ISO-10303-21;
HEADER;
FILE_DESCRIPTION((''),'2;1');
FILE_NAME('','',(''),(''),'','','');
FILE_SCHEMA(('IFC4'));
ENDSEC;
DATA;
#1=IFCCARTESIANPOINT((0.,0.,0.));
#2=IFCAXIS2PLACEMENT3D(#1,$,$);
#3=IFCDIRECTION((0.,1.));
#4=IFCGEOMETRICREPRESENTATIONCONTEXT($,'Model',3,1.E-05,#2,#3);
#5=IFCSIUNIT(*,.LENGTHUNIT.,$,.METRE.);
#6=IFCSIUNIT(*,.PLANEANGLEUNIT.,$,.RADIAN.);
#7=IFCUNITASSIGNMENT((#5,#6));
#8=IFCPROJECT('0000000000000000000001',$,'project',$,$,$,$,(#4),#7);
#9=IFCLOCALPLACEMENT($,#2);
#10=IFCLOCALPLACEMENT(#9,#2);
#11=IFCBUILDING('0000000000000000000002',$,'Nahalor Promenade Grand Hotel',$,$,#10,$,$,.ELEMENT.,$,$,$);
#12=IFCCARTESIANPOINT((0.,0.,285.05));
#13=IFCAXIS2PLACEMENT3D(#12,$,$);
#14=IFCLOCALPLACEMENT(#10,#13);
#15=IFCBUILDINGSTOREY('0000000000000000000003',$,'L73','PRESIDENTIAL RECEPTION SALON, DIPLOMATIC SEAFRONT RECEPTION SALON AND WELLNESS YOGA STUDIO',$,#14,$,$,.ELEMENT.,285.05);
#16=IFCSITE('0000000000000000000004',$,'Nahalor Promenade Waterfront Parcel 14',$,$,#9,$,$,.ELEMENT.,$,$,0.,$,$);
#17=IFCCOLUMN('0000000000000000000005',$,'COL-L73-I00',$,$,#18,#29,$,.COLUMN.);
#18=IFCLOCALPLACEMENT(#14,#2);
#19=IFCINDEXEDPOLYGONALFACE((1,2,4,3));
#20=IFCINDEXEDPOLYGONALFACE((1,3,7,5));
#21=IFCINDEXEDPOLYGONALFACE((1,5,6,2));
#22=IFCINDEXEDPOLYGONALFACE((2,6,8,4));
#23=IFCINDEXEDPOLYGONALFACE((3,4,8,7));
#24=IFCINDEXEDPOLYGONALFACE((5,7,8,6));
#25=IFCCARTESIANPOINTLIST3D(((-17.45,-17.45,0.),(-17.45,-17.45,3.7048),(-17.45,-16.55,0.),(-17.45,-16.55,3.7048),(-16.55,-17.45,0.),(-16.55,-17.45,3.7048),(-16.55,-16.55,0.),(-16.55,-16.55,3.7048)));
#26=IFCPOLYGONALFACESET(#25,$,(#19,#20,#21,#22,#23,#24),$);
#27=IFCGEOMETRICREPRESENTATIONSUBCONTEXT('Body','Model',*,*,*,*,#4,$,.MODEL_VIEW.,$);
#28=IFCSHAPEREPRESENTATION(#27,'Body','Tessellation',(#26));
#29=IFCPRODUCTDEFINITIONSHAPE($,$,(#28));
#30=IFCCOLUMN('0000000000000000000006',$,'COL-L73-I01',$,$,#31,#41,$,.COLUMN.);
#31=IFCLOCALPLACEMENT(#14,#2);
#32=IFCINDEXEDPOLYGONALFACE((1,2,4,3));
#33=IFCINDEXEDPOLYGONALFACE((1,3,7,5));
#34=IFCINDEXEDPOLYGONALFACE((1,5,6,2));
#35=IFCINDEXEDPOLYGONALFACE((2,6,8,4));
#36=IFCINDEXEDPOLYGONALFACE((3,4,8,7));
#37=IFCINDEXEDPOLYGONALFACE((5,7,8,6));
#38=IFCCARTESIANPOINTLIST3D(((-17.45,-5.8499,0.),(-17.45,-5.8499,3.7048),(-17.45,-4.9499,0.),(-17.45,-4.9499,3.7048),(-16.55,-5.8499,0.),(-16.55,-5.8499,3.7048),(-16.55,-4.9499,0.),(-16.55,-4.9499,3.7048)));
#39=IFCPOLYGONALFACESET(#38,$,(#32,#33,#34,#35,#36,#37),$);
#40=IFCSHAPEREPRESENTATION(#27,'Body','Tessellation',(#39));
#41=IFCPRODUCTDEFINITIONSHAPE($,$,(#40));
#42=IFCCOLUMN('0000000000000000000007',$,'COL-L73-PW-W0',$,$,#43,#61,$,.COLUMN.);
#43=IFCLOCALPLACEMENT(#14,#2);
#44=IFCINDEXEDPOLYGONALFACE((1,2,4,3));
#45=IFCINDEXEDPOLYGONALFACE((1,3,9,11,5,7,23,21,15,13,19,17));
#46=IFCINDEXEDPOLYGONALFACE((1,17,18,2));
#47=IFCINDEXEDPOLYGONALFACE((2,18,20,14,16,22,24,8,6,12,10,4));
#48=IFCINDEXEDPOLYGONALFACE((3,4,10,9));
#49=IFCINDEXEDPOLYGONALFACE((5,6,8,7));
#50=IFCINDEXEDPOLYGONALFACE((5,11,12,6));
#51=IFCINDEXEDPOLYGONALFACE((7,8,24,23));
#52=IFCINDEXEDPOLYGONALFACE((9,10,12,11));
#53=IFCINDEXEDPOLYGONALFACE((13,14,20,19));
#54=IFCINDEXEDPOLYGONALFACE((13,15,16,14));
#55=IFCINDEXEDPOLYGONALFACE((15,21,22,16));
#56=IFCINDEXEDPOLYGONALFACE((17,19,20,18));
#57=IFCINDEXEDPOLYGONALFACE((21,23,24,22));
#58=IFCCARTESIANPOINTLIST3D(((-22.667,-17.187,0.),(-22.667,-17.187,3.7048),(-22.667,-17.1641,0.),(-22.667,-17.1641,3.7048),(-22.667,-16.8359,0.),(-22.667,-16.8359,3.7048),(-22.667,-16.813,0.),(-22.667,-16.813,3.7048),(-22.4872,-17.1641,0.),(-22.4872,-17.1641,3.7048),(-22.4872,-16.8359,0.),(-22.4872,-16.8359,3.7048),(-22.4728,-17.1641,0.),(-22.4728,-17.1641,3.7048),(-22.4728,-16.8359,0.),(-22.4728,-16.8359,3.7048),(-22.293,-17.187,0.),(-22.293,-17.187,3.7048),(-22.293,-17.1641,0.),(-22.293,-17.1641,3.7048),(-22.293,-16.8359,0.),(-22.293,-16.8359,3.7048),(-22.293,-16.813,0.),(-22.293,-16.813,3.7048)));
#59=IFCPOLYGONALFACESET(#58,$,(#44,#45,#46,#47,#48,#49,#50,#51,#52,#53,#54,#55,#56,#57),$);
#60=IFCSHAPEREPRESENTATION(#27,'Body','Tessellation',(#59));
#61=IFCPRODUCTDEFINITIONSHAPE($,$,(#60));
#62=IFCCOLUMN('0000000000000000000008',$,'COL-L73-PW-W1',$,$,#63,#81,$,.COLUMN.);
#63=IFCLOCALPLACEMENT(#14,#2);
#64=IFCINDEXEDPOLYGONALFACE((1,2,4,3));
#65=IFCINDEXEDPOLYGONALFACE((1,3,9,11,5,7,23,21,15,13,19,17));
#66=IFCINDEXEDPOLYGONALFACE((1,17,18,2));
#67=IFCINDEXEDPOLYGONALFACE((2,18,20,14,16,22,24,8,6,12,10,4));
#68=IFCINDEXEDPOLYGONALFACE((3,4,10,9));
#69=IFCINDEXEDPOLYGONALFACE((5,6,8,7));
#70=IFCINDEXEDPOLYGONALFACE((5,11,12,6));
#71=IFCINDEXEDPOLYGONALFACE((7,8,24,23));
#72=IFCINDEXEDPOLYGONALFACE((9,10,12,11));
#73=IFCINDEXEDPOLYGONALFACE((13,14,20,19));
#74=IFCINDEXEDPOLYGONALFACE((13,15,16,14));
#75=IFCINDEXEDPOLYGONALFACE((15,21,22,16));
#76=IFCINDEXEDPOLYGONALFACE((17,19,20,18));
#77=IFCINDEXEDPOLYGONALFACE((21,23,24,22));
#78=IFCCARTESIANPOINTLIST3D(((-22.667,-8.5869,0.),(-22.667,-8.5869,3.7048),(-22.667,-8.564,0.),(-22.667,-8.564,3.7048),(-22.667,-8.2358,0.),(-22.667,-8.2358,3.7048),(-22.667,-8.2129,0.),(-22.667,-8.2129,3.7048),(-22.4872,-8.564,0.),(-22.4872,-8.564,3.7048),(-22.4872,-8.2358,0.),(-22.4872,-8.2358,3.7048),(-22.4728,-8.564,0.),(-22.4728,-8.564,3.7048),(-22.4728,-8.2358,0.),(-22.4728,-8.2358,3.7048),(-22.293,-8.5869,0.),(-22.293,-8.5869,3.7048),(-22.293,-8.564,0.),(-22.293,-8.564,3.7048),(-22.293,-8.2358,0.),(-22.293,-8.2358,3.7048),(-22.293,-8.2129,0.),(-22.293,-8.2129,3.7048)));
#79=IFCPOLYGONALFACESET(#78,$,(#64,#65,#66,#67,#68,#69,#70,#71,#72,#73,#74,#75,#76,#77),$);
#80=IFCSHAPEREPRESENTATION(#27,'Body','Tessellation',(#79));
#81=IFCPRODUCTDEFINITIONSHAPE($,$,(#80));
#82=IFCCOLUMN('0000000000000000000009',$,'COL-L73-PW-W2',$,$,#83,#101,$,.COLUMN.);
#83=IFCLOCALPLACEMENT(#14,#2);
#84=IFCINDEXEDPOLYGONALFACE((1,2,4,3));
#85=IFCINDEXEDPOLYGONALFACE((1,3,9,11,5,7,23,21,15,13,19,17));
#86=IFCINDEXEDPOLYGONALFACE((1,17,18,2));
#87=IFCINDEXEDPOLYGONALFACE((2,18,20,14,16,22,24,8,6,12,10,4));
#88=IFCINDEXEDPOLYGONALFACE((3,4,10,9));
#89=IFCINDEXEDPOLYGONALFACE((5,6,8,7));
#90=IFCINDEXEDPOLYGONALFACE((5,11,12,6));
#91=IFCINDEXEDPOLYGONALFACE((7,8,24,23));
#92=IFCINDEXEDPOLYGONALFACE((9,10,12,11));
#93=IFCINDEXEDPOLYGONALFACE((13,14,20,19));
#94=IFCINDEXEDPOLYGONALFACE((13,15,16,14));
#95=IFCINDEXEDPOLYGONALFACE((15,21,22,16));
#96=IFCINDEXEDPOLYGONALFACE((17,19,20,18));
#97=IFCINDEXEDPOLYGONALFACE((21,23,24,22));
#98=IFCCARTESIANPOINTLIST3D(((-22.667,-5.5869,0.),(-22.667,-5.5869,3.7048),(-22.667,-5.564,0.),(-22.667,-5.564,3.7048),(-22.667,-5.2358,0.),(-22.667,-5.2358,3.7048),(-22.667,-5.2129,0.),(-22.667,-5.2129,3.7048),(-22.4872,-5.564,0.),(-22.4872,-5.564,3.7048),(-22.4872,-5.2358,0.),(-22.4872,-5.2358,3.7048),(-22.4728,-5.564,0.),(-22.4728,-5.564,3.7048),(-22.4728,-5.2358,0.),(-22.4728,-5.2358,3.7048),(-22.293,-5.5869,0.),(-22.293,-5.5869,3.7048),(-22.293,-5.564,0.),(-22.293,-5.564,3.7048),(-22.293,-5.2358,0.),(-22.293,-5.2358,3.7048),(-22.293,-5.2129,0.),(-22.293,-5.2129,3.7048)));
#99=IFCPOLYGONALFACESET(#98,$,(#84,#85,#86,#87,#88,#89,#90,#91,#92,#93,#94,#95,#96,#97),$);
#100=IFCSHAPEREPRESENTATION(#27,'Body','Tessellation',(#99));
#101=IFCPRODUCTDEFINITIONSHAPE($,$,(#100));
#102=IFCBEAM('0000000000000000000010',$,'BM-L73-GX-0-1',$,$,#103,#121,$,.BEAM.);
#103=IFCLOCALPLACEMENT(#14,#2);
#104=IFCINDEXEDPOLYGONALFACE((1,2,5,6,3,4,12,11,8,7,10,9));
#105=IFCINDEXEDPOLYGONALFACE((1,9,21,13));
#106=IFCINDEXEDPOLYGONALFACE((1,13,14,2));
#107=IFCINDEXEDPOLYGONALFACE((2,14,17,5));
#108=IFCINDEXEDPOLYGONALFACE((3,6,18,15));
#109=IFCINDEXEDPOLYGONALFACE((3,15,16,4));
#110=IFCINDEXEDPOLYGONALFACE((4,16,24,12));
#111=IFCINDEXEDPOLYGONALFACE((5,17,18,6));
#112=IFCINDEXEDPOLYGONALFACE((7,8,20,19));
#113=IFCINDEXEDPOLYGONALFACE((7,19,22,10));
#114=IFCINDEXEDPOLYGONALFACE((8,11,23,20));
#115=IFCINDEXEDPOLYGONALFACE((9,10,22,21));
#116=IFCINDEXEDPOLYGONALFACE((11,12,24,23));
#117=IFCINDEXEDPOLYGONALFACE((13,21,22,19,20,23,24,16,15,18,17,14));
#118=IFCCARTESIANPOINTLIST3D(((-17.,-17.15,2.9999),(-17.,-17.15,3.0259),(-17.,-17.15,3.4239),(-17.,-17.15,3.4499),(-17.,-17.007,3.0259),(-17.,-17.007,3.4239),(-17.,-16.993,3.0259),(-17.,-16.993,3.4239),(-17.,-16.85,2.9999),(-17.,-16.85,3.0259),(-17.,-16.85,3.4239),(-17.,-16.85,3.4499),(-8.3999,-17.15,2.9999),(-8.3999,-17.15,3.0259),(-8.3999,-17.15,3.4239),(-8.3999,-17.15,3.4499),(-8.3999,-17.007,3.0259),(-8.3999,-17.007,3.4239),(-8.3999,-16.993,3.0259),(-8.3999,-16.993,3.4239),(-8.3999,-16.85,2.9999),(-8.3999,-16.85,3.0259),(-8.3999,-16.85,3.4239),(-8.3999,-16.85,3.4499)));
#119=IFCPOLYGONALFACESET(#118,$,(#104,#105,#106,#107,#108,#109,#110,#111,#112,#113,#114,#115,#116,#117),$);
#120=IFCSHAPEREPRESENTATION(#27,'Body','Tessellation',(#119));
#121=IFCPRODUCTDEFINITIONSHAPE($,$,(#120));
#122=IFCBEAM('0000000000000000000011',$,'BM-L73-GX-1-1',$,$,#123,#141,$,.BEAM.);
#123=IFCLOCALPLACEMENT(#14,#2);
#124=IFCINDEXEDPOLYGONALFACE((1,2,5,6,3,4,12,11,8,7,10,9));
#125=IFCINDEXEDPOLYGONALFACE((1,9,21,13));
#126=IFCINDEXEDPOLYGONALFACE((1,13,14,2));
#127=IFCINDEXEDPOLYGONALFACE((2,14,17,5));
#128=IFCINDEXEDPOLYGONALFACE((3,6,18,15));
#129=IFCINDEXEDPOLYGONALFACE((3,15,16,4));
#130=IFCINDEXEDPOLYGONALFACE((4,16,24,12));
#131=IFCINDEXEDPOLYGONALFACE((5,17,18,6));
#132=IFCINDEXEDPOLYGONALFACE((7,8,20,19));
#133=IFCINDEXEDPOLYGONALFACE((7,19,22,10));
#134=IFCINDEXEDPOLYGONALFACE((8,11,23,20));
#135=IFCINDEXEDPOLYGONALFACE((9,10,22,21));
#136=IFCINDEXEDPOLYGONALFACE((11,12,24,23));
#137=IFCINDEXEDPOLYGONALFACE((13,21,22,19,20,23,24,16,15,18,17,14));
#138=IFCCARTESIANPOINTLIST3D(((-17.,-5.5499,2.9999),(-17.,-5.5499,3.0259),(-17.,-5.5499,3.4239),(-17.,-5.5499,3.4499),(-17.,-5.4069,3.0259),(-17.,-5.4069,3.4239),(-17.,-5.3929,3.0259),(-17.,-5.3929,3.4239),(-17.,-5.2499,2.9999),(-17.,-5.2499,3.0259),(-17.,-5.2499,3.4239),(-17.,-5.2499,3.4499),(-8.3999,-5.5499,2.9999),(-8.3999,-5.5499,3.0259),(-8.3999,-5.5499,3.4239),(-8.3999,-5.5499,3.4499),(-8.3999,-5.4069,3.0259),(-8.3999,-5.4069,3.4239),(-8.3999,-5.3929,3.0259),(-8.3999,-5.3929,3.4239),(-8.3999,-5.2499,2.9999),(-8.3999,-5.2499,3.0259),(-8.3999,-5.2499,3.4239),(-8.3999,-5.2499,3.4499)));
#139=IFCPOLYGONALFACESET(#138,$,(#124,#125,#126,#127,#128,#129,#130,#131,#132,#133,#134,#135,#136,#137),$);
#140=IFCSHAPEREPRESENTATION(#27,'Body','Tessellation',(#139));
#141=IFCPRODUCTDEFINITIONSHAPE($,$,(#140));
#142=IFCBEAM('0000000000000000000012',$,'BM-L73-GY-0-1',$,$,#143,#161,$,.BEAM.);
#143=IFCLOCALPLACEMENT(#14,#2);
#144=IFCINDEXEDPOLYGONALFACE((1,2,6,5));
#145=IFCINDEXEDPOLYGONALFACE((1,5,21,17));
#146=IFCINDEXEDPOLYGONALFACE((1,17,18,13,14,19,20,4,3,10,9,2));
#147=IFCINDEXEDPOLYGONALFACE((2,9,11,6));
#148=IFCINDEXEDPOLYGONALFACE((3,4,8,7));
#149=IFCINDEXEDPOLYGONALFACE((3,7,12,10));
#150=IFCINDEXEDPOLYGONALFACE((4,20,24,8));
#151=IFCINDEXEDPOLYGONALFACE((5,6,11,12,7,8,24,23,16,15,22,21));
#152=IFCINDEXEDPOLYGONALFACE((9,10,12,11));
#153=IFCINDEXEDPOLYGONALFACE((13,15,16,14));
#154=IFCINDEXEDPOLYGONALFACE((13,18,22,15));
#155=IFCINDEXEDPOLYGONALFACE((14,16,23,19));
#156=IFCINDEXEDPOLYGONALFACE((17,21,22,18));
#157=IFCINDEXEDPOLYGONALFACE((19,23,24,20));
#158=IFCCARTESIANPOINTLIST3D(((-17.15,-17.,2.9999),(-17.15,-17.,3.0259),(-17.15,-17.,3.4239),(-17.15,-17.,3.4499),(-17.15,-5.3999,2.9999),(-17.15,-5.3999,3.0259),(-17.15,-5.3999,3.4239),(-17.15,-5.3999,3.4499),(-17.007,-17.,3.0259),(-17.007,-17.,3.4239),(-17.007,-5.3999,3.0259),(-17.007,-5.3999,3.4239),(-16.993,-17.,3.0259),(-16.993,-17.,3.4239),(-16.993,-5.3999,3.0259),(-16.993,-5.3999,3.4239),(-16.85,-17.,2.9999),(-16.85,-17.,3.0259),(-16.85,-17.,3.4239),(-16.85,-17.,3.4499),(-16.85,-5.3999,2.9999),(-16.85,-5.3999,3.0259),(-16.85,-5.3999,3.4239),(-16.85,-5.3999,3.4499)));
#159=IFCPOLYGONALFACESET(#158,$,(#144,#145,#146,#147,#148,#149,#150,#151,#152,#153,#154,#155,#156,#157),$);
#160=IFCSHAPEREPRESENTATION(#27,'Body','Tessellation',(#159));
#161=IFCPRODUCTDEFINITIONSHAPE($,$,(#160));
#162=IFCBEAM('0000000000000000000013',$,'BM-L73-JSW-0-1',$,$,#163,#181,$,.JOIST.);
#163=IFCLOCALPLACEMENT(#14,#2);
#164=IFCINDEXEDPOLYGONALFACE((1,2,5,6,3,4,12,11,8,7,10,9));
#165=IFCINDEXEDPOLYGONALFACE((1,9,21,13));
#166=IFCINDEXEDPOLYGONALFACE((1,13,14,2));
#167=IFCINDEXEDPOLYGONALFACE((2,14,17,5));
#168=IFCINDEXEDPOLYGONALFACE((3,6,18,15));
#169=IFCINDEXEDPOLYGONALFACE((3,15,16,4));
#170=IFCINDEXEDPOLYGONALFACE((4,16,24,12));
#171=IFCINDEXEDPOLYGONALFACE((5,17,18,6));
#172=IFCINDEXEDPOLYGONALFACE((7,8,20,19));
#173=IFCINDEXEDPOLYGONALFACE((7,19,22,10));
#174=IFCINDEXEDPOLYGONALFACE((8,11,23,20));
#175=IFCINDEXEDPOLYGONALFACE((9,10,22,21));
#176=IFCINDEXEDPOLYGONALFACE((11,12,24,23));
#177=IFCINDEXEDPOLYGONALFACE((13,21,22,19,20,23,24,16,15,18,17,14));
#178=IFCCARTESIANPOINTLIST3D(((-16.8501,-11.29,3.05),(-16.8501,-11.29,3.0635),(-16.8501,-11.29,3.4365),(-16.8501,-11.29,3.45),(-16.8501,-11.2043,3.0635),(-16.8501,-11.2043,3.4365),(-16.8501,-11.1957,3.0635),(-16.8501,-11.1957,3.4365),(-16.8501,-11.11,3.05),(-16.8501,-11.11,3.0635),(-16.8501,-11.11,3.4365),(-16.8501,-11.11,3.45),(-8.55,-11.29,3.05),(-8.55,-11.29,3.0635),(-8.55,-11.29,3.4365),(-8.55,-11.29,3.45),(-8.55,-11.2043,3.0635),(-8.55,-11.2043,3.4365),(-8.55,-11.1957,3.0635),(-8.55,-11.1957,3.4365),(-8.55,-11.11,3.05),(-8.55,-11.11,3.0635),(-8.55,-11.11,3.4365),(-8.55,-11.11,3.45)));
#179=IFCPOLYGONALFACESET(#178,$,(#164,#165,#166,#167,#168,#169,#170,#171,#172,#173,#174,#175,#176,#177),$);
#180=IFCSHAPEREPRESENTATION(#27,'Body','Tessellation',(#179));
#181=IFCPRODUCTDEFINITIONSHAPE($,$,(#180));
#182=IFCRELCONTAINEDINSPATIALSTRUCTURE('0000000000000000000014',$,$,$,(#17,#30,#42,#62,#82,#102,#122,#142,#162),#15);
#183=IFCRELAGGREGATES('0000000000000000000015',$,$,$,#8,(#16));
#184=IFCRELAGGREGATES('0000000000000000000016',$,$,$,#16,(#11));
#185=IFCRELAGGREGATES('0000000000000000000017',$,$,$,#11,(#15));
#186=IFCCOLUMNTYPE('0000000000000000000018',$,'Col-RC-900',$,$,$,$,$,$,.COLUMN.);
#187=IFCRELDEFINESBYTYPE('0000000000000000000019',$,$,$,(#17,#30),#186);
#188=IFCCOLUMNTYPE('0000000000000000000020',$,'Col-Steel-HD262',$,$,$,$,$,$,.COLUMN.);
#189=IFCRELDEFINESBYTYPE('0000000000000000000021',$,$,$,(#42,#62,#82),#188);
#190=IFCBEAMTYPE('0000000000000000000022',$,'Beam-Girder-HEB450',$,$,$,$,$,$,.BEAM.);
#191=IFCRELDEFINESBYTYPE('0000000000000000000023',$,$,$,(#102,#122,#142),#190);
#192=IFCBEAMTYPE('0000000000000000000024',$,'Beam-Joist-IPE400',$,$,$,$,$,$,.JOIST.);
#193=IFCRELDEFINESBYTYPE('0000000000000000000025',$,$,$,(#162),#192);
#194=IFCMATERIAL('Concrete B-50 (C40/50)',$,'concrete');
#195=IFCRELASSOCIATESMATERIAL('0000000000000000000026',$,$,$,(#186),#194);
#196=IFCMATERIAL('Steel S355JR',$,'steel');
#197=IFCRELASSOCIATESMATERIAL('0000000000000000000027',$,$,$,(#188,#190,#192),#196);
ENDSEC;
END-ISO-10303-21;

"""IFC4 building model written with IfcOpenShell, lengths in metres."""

from ifc_helpers import new_model, si_unit, direction, frame, origin, origin_2d, place, context, subcontext, project, spatial, rectangle, i_section, extrude, source, transform, mapped, material, material_profile, profile_set, type_object, element, save


model = new_model("IFC4")

# Units and contexts
model_context = context("Model", 3, precision=1e-05, world=origin(), true_north=direction((0.0, 1.0)))
body_context = subcontext(model_context, "Body", "Model", "MODEL_VIEW")
ifc_project = project(units=[si_unit("LENGTHUNIT", "METRE"), si_unit("PLANEANGLEUNIT", "RADIAN")], contexts=[model_context])

# Site, building, storey
site_placement = place(None, origin())
site = spatial("IfcSite", under=ifc_project, at=site_placement, Name="Nahalor Promenade Waterfront Parcel 14", CompositionType="ELEMENT", RefElevation=0.0)
building_placement = place(site_placement, origin())
building = spatial("IfcBuilding", under=site, at=building_placement, Name="Nahalor Promenade Grand Hotel", CompositionType="ELEMENT")
storey_placement = place(building_placement, frame((0.0, 0.0, 285.05)))
storey = spatial("IfcBuildingStorey", under=building, at=storey_placement, Name="L73", Description="PRESIDENTIAL RECEPTION SALON, DIPLOMATIC SEAFRONT RECEPTION SALON AND WELLNESS YOGA STUDIO", CompositionType="ELEMENT", Elevation=285.05)

# Columns
ifc_material_1 = material(Name="Concrete B-50 (C40/50)", Category="concrete")
ifc_material_profile_1 = material_profile(ifc_material_1, rectangle(XDim=0.9, YDim=0.9, at=origin_2d()), Name="RC 900x900")
ifc_profile_set_1 = profile_set([ifc_material_profile_1], Name="Concrete B-50 (C40/50)")
column_type_1 = type_object("IfcColumnType", Name="Col-RC-900", PredefinedType="COLUMN", material=ifc_profile_set_1)
shared_shape_1 = source(origin(), body_context, "Body", "SweptSolid", [
    extrude(rectangle(XDim=0.9, YDim=0.9, at=origin_2d()), origin(), (0.0, 0.0, 1.0), 3.7048),
])
for number, where, z_axis, x_axis, name in (
    (1, (-17.0, -17.0, 0.0), (0.0, 0.0, 1.0), (1.0, 0.0, 0.0), "COL-L73-I00"),
    (2, (-17.0, -5.3999, 0.0), (0.0, 0.0, 1.0), (1.0, 0.0, 0.0), "COL-L73-I01"),
):
    element("IfcColumn", number, at=place(storey_placement, frame(where, z_axis=z_axis, x_axis=x_axis)), inside=storey, type_object=column_type_1, Name=name, PredefinedType="COLUMN", context=body_context, shape_type="MappedRepresentation", body=[
        mapped(shared_shape_1, transform((0.0, 0.0, 0.0), scale=1.0)),
    ])
ifc_material_2 = material(Name="Steel S355JR", Category="steel")
ifc_material_profile_2 = material_profile(ifc_material_2, i_section(OverallWidth=0.374, OverallDepth=0.374, WebThickness=0.0144, FlangeThickness=0.0229, at=origin_2d()), Name="HD 360x262")
ifc_profile_set_2 = profile_set([ifc_material_profile_2], Name="Steel S355JR")
column_type_2 = type_object("IfcColumnType", Name="Col-Steel-HD262", PredefinedType="COLUMN", material=ifc_profile_set_2)
shared_shape_2 = source(origin(), body_context, "Body", "SweptSolid", [
    extrude(i_section(OverallWidth=0.374, OverallDepth=0.374, WebThickness=0.0144, FlangeThickness=0.0229, at=origin_2d()), origin(), (0.0, 0.0, 1.0), 3.7048),
])
for number, where, z_axis, x_axis, name in (
    (3, (-22.48, -17.0, 0.0), (0.0, 0.0, 1.0), (1.0, 0.0, 0.0), "COL-L73-PW-W0"),
    (4, (-22.48, -8.3999, 0.0), (0.0, 0.0, 1.0), (1.0, 0.0, 0.0), "COL-L73-PW-W1"),
    (5, (-22.48, -5.3999, 0.0), (0.0, 0.0, 1.0), (1.0, 0.0, 0.0), "COL-L73-PW-W2"),
):
    element("IfcColumn", number, at=place(storey_placement, frame(where, z_axis=z_axis, x_axis=x_axis)), inside=storey, type_object=column_type_2, Name=name, PredefinedType="COLUMN", context=body_context, shape_type="MappedRepresentation", body=[
        mapped(shared_shape_2, transform((0.0, 0.0, 0.0), scale=1.0)),
    ])

# Beams
ifc_material_profile_3 = material_profile(ifc_material_2, i_section(OverallWidth=0.3, OverallDepth=0.45, WebThickness=0.014, FlangeThickness=0.026, at=origin_2d()), Name="HEB 450")
ifc_profile_set_3 = profile_set([ifc_material_profile_3], Name="Steel S355JR")
beam_type_1 = type_object("IfcBeamType", Name="Beam-Girder-HEB450", PredefinedType="BEAM", material=ifc_profile_set_3)
shared_shape_3 = source(origin(), body_context, "Body", "SweptSolid", [
    extrude(i_section(OverallWidth=0.3, OverallDepth=0.45, WebThickness=0.014, FlangeThickness=0.026, at=origin_2d()), origin(), (0.0, 0.0, 1.0), 8.6001),
])
for number, where, z_axis, x_axis, name in (
    (6, (-17.0, -17.0, 3.2249), (1.0, 0.0, 0.0), (0.0, 1.0, 0.0), "BM-L73-GX-0-1"),
    (7, (-17.0, -5.3999, 3.2249), (1.0, 0.0, 0.0), (0.0, 1.0, 0.0), "BM-L73-GX-1-1"),
):
    element("IfcBeam", number, at=place(storey_placement, frame(where, z_axis=z_axis, x_axis=x_axis)), inside=storey, type_object=beam_type_1, Name=name, PredefinedType="BEAM", context=body_context, shape_type="MappedRepresentation", body=[
        mapped(shared_shape_3, transform((0.0, 0.0, 0.0), scale=1.0)),
    ])
shared_shape_4 = source(origin(), body_context, "Body", "SweptSolid", [
    extrude(i_section(OverallWidth=0.3, OverallDepth=0.45, WebThickness=0.014, FlangeThickness=0.026, at=origin_2d()), origin(), (0.0, 0.0, 1.0), 11.6001),
])
beam_1_placement = place(storey_placement, frame((-17.0, -17.0, 3.2249), z_axis=(0.0, 1.0, 0.0), x_axis=(-1.0, 0.0, 0.0)))
element("IfcBeam", 8, at=beam_1_placement, inside=storey, type_object=beam_type_1, Name="BM-L73-GY-0-1", PredefinedType="BEAM", context=body_context, shape_type="MappedRepresentation", body=[
    mapped(shared_shape_4, transform((0.0, 0.0, 0.0), scale=1.0)),
])
ifc_material_profile_4 = material_profile(ifc_material_2, i_section(OverallWidth=0.18, OverallDepth=0.4, WebThickness=0.0086, FlangeThickness=0.0135, at=origin_2d()), Name="IPE 400")
ifc_profile_set_4 = profile_set([ifc_material_profile_4], Name="Steel S355JR")
beam_type_2 = type_object("IfcBeamType", Name="Beam-Joist-IPE400", PredefinedType="JOIST", material=ifc_profile_set_4)
shared_shape_5 = source(origin(), body_context, "Body", "SweptSolid", [
    extrude(i_section(OverallWidth=0.18, OverallDepth=0.4, WebThickness=0.0086, FlangeThickness=0.0135, at=origin_2d()), origin(), (0.0, 0.0, 1.0), 8.3),
])
beam_2_placement = place(storey_placement, frame((-16.8501, -11.2, 3.25), z_axis=(1.0, 0.0, 0.0), x_axis=(0.0, 1.0, 0.0)))
element("IfcBeam", 9, at=beam_2_placement, inside=storey, type_object=beam_type_2, Name="BM-L73-JSW-0-1", PredefinedType="JOIST", context=body_context, shape_type="MappedRepresentation", body=[
    mapped(shared_shape_5, transform((0.0, 0.0, 0.0), scale=1.0)),
])

save(model, "model.ifc")
